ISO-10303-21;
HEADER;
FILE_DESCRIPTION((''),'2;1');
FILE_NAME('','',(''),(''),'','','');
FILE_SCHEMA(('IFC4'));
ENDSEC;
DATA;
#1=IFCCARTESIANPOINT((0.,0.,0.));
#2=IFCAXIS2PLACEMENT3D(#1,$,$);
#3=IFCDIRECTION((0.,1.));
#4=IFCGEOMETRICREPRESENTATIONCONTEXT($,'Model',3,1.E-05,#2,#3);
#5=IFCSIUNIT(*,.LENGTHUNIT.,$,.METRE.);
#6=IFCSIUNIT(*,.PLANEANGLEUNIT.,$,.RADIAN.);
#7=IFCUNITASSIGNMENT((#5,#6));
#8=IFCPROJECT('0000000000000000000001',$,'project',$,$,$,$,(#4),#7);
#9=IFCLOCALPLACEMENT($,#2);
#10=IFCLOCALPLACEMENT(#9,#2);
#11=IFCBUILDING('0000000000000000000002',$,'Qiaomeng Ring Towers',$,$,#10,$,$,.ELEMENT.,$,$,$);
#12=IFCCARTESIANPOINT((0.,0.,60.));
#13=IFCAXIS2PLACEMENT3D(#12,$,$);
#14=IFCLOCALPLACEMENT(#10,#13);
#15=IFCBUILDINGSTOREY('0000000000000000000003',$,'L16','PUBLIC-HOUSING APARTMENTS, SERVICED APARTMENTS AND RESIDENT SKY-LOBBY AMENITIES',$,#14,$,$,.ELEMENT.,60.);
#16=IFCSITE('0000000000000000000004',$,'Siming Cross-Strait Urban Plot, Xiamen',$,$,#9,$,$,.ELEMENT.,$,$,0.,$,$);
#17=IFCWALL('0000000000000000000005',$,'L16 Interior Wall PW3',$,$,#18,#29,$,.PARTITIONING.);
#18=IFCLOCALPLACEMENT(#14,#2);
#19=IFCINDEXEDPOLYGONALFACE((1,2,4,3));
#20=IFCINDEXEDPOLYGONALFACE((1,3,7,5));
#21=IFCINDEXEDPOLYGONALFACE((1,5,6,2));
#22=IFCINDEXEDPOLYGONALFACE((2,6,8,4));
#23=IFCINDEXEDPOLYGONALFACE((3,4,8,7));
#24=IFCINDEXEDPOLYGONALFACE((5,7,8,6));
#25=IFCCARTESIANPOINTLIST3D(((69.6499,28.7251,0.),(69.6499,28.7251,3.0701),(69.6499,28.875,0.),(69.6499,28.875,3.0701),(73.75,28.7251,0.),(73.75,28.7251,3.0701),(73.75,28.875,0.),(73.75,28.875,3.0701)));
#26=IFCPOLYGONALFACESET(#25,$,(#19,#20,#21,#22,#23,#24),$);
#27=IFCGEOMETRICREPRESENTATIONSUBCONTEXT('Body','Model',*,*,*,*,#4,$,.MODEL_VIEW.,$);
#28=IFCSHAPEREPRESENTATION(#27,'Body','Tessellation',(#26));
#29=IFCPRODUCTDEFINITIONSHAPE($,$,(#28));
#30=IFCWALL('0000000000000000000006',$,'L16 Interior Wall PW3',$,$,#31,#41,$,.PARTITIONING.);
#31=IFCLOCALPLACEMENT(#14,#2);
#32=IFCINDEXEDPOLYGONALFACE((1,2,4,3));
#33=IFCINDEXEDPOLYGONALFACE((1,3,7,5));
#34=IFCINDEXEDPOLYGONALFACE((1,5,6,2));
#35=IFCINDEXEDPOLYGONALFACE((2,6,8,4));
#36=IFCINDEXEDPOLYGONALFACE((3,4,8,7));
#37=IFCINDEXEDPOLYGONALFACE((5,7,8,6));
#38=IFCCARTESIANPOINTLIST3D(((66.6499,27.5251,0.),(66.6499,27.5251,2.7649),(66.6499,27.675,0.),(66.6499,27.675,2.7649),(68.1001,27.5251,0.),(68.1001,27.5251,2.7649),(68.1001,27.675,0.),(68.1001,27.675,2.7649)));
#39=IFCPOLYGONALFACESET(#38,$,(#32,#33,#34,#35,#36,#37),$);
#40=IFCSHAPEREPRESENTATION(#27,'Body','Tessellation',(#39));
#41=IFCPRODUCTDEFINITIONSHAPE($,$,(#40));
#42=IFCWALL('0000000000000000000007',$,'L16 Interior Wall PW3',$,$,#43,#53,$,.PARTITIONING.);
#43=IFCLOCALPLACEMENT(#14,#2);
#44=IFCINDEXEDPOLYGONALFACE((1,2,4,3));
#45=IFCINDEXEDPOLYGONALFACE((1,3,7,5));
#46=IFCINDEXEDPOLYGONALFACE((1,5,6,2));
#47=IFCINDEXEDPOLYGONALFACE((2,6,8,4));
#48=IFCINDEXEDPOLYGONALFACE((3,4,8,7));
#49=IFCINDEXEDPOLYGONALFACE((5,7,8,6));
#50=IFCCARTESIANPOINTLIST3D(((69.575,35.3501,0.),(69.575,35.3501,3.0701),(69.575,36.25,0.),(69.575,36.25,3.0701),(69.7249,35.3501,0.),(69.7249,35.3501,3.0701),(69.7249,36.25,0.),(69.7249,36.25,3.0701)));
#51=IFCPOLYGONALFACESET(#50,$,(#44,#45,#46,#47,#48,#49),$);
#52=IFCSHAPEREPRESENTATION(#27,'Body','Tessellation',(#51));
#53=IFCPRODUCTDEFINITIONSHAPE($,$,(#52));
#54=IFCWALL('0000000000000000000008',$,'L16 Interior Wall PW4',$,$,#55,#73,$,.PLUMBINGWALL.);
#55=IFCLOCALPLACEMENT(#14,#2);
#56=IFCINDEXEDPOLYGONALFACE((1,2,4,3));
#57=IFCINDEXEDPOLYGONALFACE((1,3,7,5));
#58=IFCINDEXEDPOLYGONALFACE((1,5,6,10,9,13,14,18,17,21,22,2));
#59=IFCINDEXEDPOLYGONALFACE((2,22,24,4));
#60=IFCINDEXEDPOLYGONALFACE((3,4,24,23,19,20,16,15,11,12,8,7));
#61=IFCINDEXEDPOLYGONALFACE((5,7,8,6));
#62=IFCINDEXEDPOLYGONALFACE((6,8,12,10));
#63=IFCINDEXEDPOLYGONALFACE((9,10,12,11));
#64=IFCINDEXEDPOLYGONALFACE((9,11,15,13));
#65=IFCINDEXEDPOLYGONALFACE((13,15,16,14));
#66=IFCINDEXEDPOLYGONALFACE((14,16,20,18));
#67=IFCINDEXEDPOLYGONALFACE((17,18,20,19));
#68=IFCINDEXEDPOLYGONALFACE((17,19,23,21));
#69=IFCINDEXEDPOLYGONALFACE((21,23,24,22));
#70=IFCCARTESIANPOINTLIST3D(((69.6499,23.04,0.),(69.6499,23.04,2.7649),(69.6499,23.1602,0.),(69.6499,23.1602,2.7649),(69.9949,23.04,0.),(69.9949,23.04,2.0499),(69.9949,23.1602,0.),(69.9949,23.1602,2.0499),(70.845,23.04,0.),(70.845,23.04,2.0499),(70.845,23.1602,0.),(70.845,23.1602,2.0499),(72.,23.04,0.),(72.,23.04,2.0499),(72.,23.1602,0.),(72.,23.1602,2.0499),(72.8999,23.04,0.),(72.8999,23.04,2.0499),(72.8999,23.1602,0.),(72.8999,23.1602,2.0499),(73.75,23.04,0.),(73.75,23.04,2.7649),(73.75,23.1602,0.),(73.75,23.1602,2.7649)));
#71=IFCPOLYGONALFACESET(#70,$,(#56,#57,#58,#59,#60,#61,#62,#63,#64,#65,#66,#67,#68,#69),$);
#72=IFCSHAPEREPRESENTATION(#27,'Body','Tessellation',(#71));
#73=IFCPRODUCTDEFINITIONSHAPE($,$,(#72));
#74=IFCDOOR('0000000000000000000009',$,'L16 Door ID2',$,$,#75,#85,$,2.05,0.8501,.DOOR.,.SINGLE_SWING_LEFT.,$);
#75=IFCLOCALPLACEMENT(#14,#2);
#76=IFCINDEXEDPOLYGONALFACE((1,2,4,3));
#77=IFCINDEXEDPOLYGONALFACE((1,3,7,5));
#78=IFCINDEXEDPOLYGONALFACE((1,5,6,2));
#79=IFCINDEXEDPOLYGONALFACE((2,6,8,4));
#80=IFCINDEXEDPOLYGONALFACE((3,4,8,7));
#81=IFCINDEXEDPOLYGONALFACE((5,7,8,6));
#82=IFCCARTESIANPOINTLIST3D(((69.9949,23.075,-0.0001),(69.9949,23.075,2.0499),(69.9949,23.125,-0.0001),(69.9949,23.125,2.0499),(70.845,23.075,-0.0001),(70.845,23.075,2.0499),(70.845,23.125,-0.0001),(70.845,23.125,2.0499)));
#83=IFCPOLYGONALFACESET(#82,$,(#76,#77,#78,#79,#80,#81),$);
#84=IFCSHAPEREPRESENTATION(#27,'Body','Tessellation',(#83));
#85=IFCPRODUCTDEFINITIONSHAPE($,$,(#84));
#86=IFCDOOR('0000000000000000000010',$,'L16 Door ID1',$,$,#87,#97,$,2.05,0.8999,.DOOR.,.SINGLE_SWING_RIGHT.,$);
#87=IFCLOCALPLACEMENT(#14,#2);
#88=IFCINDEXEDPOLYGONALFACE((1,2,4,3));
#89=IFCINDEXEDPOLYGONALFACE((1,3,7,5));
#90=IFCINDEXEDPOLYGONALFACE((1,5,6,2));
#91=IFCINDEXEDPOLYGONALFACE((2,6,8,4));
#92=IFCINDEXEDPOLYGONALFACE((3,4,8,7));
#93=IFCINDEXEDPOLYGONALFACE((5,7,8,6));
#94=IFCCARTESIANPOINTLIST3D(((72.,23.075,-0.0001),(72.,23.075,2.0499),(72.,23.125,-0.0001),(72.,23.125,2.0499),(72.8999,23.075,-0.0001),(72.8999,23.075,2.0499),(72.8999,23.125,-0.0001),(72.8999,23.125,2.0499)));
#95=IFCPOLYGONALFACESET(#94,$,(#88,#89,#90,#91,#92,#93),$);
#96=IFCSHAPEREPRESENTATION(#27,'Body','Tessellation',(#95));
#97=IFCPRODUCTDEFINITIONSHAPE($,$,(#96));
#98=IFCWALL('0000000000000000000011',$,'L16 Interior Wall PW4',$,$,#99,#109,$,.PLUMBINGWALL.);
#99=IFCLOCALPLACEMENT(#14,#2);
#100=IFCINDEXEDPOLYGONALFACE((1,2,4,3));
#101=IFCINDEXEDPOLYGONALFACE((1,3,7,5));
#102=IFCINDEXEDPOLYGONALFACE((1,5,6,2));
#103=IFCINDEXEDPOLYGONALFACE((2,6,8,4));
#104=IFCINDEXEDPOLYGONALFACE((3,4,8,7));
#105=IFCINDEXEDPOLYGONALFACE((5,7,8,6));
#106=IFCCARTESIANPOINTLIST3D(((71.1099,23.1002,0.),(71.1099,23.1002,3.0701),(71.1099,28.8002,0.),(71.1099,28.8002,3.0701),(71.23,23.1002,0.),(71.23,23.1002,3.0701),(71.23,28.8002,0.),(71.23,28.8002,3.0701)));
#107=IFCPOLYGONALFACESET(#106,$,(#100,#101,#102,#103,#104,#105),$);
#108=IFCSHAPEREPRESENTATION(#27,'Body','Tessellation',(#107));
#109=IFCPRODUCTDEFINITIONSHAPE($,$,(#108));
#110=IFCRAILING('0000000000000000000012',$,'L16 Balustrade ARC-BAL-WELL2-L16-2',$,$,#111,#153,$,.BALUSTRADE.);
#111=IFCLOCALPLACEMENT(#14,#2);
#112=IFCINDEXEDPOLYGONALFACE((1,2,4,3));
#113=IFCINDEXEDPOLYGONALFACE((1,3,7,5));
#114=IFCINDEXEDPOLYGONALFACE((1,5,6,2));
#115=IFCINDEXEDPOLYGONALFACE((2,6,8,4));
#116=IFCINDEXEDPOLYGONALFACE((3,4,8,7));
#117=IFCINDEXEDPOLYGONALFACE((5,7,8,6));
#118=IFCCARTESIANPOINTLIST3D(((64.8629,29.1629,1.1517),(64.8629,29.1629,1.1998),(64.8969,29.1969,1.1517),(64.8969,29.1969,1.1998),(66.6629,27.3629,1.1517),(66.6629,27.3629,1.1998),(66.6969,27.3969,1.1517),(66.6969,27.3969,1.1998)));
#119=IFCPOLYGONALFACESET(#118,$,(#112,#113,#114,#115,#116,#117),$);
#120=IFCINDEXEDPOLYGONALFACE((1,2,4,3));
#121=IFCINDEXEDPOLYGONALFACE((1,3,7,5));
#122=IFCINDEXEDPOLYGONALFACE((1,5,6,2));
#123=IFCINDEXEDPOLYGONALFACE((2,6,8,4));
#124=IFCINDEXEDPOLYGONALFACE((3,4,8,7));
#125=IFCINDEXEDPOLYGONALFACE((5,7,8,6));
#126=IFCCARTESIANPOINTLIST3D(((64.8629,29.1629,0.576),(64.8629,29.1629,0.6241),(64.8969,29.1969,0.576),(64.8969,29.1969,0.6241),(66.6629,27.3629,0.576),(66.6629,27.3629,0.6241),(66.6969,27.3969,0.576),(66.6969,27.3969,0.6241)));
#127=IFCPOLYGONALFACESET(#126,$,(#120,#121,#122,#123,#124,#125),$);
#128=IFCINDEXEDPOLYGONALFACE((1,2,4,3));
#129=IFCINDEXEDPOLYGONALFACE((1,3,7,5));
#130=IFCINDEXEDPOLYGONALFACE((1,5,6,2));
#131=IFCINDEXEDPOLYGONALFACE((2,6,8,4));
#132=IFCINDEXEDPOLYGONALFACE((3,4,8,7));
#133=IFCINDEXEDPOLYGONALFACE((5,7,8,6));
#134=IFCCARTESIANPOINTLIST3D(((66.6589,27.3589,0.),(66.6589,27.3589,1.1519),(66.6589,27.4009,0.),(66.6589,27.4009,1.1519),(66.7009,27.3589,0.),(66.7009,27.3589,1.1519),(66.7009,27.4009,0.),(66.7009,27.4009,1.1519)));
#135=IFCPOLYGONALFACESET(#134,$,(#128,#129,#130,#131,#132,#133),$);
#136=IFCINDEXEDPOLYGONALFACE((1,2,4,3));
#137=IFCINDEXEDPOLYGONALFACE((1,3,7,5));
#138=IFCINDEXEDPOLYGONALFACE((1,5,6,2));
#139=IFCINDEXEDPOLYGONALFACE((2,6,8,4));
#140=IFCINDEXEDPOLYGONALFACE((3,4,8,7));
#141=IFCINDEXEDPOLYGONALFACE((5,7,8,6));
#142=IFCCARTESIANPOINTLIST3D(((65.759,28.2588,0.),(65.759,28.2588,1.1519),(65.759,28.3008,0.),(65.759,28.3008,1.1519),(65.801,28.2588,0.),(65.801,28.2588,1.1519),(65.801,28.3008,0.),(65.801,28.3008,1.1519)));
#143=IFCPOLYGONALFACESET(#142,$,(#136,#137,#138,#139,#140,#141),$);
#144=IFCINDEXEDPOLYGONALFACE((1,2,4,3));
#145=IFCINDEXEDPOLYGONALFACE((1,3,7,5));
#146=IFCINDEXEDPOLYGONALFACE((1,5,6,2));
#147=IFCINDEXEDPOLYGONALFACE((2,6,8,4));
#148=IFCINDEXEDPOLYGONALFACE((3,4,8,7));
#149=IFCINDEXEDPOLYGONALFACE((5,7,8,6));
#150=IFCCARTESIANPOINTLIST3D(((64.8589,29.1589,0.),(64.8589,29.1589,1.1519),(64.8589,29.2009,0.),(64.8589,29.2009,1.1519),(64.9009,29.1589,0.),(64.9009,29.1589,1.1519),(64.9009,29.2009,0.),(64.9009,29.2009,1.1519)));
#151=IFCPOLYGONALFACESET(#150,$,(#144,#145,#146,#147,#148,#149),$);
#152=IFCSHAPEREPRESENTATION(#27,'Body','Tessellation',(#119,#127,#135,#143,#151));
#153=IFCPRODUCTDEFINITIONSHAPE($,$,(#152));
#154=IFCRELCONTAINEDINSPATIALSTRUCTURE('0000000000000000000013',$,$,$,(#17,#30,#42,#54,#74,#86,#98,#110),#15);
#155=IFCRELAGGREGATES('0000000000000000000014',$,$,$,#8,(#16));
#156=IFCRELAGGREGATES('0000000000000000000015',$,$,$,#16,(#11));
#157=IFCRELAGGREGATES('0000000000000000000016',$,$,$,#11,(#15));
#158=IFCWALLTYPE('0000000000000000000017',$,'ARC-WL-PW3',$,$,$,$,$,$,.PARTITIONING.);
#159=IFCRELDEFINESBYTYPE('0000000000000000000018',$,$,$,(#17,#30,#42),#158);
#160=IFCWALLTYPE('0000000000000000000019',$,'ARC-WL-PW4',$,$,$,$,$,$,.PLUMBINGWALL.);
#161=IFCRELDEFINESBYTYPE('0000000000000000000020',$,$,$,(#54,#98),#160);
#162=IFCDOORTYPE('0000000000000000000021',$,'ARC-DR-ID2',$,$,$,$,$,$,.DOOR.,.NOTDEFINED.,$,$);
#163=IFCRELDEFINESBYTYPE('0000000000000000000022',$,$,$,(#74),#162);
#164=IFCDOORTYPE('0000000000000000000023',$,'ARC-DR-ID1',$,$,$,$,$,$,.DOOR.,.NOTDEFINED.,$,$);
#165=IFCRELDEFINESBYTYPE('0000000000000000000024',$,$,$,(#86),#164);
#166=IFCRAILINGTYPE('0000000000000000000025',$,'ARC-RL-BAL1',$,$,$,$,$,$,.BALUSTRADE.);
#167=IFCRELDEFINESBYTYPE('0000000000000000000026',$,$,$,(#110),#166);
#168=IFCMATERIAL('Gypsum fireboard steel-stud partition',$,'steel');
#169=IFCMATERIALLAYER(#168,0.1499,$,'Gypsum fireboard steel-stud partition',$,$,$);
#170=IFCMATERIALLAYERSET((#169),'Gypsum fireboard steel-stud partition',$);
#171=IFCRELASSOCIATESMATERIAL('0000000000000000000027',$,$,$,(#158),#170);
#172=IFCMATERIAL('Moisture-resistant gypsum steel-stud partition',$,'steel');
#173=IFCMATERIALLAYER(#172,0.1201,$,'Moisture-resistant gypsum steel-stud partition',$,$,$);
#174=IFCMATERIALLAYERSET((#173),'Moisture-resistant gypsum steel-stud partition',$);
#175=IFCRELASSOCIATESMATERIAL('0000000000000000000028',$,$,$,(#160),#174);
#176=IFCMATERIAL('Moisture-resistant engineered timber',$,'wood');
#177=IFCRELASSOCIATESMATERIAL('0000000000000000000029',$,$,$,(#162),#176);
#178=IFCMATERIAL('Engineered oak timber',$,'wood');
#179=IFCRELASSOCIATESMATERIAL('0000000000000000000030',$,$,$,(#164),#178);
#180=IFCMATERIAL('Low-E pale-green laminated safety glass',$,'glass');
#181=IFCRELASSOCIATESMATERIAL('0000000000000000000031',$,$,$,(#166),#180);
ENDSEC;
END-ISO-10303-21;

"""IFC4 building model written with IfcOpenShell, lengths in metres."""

from ifc_helpers import new_model, si_unit, direction, frame, frame_2d, origin, origin_2d, place, context, subcontext, project, spatial, rectangle, extrude, source, transform, mapped, material, layer, layer_set, type_object, element, fill, save


model = new_model("IFC4")

# Units and contexts
model_context = context("Model", 3, precision=1e-05, world=origin(), true_north=direction((0.0, 1.0)))
body_context = subcontext(model_context, "Body", "Model", "MODEL_VIEW")
ifc_project = project(units=[si_unit("LENGTHUNIT", "METRE"), si_unit("PLANEANGLEUNIT", "RADIAN")], contexts=[model_context])

# Site, building, storey
site_placement = place(None, origin())
site = spatial("IfcSite", under=ifc_project, at=site_placement, Name="Siming Cross-Strait Urban Plot, Xiamen", CompositionType="ELEMENT", RefElevation=0.0)
building_placement = place(site_placement, origin())
building = spatial("IfcBuilding", under=site, at=building_placement, Name="Qiaomeng Ring Towers", CompositionType="ELEMENT")
storey_placement = place(building_placement, frame((0.0, 0.0, 60.0)))
storey = spatial("IfcBuildingStorey", under=building, at=storey_placement, Name="L16", Description="PUBLIC-HOUSING APARTMENTS, SERVICED APARTMENTS AND RESIDENT SKY-LOBBY AMENITIES", CompositionType="ELEMENT", Elevation=60.0)

# Walls
ifc_material_1 = material(Name="Gypsum fireboard steel-stud partition", Category="steel")
ifc_layer_1 = layer(ifc_material_1, 0.1499, Name="Gypsum fireboard steel-stud partition")
ifc_layer_set_1 = layer_set([ifc_layer_1], Name="Gypsum fireboard steel-stud partition")
wall_type_1 = type_object("IfcWallType", Name="ARC-WL-PW3", PredefinedType="PARTITIONING", material=ifc_layer_set_1)
wall_1_placement = place(storey_placement, frame((69.6499, 28.8, 0.0), z_axis=(0.0, 0.0, 1.0), x_axis=(1.0, 0.0, 0.0)))
element("IfcWall", 1, at=wall_1_placement, inside=storey, type_object=wall_type_1, Name="L16 Interior Wall PW3", PredefinedType="PARTITIONING", context=body_context, shape_type="SweptSolid", body=[
    extrude(rectangle(XDim=4.1001, YDim=0.1499, at=frame_2d((2.05, 0.0))), origin(), (0.0, 0.0, 1.0), 3.0701),
])
wall_2_placement = place(storey_placement, frame((66.6499, 27.6001, 0.0), z_axis=(0.0, 0.0, 1.0), x_axis=(1.0, 0.0, 0.0)))
element("IfcWall", 2, at=wall_2_placement, inside=storey, type_object=wall_type_1, Name="L16 Interior Wall PW3", PredefinedType="PARTITIONING", context=body_context, shape_type="SweptSolid", body=[
    extrude(rectangle(XDim=1.4502, YDim=0.1499, at=frame_2d((0.7251, 0.0))), origin(), (0.0, 0.0, 1.0), 2.7649),
])
wall_3_placement = place(storey_placement, frame((69.6499, 35.3501, 0.0), z_axis=(0.0, 0.0, 1.0), x_axis=(0.0, 1.0, 0.0)))
element("IfcWall", 3, at=wall_3_placement, inside=storey, type_object=wall_type_1, Name="L16 Interior Wall PW3", PredefinedType="PARTITIONING", context=body_context, shape_type="SweptSolid", body=[
    extrude(rectangle(XDim=0.8999, YDim=0.1499, at=frame_2d((0.45, 0.0))), origin(), (0.0, 0.0, 1.0), 3.0701),
])

# Wall, openings, doors
ifc_material_2 = material(Name="Moisture-resistant gypsum steel-stud partition", Category="steel")
ifc_layer_2 = layer(ifc_material_2, 0.1201, Name="Moisture-resistant gypsum steel-stud partition")
ifc_layer_set_2 = layer_set([ifc_layer_2], Name="Moisture-resistant gypsum steel-stud partition")
wall_type_2 = type_object("IfcWallType", Name="ARC-WL-PW4", PredefinedType="PLUMBINGWALL", material=ifc_layer_set_2)
wall_4_placement = place(storey_placement, frame((69.6499, 23.1001, 0.0), z_axis=(0.0, 0.0, 1.0), x_axis=(1.0, 0.0, 0.0)))
wall_4 = element("IfcWall", 4, at=wall_4_placement, inside=storey, type_object=wall_type_2, Name="L16 Interior Wall PW4", PredefinedType="PLUMBINGWALL", context=body_context, shape_type="SweptSolid", body=[
    extrude(rectangle(XDim=4.1001, YDim=0.1201, at=frame_2d((2.05, 0.0))), origin(), (0.0, 0.0, 1.0), 2.7649),
])
opening_1_placement = place(wall_4_placement, frame((0.345, 0.0, 0.0)))
opening_1 = element("IfcOpeningElement", 5, at=opening_1_placement, cuts=wall_4, PredefinedType="OPENING", context=body_context, shape_type="SweptSolid", body=[
    extrude(rectangle(XDim=0.8501, YDim=2.05, at=frame_2d((0.425, 1.0249))), frame((0.0, 0.0701, 0.0), z_axis=(0.0, -1.0, 0.0), x_axis=(1.0, 0.0, 0.0)), (0.0, 0.0, 1.0), 0.1401),
])
opening_2_placement = place(wall_4_placement, frame((2.3501, 0.0, 0.0)))
opening_2 = element("IfcOpeningElement", 6, at=opening_2_placement, cuts=wall_4, PredefinedType="OPENING", context=body_context, shape_type="SweptSolid", body=[
    extrude(rectangle(XDim=0.8999, YDim=2.05, at=frame_2d((0.45, 1.0249))), frame((0.0, 0.0701, 0.0), z_axis=(0.0, -1.0, 0.0), x_axis=(1.0, 0.0, 0.0)), (0.0, 0.0, 1.0), 0.1401),
])
ifc_material_3 = material(Name="Moisture-resistant engineered timber", Category="wood")
door_type_1 = type_object("IfcDoorType", Name="ARC-DR-ID2", OperationType="NOTDEFINED", PredefinedType="DOOR", material=ifc_material_3)
shared_shape_1 = source(origin(), body_context, "Body", "SweptSolid", [
    extrude(rectangle(XDim=0.8501, YDim=2.05, at=frame_2d((0.425, 1.0249))), frame((0.0, 0.0249, 0.0), z_axis=(0.0, -1.0, 0.0), x_axis=(1.0, 0.0, 0.0)), (0.0, 0.0, 1.0), 0.05),
])
door_1_placement = place(opening_1_placement, origin())
door_1 = element("IfcDoor", 7, at=door_1_placement, inside=storey, type_object=door_type_1, Name="L16 Door ID2", OperationType="SINGLE_SWING_LEFT", OverallHeight=2.05, OverallWidth=0.8501, PredefinedType="DOOR", context=body_context, shape_type="MappedRepresentation", body=[
    mapped(shared_shape_1, transform((0.0, 0.0, 0.0), x_axis=(1.0, 0.0, 0.0), y_axis=(0.0, 1.0, 0.0), z_axis=(0.0, 0.0, 1.0), scale=1.0)),
])
fill(opening_1, door_1)
ifc_material_4 = material(Name="Engineered oak timber", Category="wood")
door_type_2 = type_object("IfcDoorType", Name="ARC-DR-ID1", OperationType="NOTDEFINED", PredefinedType="DOOR", material=ifc_material_4)
shared_shape_2 = source(origin(), body_context, "Body", "SweptSolid", [
    extrude(rectangle(XDim=0.8999, YDim=2.05, at=frame_2d((0.45, 1.0249))), frame((0.0, 0.0249, 0.0), z_axis=(0.0, -1.0, 0.0), x_axis=(1.0, 0.0, 0.0)), (0.0, 0.0, 1.0), 0.05),
])
door_2_placement = place(opening_2_placement, origin())
door_2 = element("IfcDoor", 8, at=door_2_placement, inside=storey, type_object=door_type_2, Name="L16 Door ID1", OperationType="SINGLE_SWING_RIGHT", OverallHeight=2.05, OverallWidth=0.8999, PredefinedType="DOOR", context=body_context, shape_type="MappedRepresentation", body=[
    mapped(shared_shape_2, transform((0.0, 0.0, 0.0), x_axis=(1.0, 0.0, 0.0), y_axis=(0.0, 1.0, 0.0), z_axis=(0.0, 0.0, 1.0), scale=1.0)),
])
fill(opening_2, door_2)

# Wall
wall_5_placement = place(storey_placement, frame((71.1699, 23.1001, 0.0), z_axis=(0.0, 0.0, 1.0), x_axis=(0.0, 1.0, 0.0)))
element("IfcWall", 9, at=wall_5_placement, inside=storey, type_object=wall_type_2, Name="L16 Interior Wall PW4", PredefinedType="PLUMBINGWALL", context=body_context, shape_type="SweptSolid", body=[
    extrude(rectangle(XDim=5.7, YDim=0.1201, at=frame_2d((2.8501, 0.0))), origin(), (0.0, 0.0, 1.0), 3.0701),
])

# Railing
ifc_material_5 = material(Name="Low-E pale-green laminated safety glass", Category="glass")
railing_type = type_object("IfcRailingType", Name="ARC-RL-BAL1", PredefinedType="BALUSTRADE", material=ifc_material_5)
railing_1_placement = place(storey_placement, frame((66.6799, 27.3799, 0.0)))
element("IfcRailing", 10, at=railing_1_placement, inside=storey, type_object=railing_type, Name="L16 Balustrade ARC-BAL-WELL2-L16-2", PredefinedType="BALUSTRADE", context=body_context, shape_type="SweptSolid", body=[
    extrude(rectangle(XDim=0.0481, YDim=0.0481, at=origin_2d()), frame((0.0, 0.0, 1.1758), z_axis=(-0.707107, 0.707107, 0.0), x_axis=(-0.707107, -0.707107, 0.0)), (0.0, 0.0, 1.0), 2.5457),
    extrude(rectangle(XDim=0.0481, YDim=0.0481, at=origin_2d()), frame((0.0, 0.0, 0.6001), z_axis=(-0.707107, 0.707107, 0.0), x_axis=(-0.707107, -0.707107, 0.0)), (0.0, 0.0, 1.0), 2.5457),
    extrude(rectangle(XDim=0.042, YDim=0.042, at=origin_2d()), origin(), (0.0, 0.0, 1.0), 1.1519),
    extrude(rectangle(XDim=0.042, YDim=0.042, at=origin_2d()), frame((-0.8999, 0.8999, 0.0)), (0.0, 0.0, 1.0), 1.1519),
    extrude(rectangle(XDim=0.042, YDim=0.042, at=origin_2d()), frame((-1.8, 1.8, 0.0)), (0.0, 0.0, 1.0), 1.1519),
])

save(model, "model.ifc")
